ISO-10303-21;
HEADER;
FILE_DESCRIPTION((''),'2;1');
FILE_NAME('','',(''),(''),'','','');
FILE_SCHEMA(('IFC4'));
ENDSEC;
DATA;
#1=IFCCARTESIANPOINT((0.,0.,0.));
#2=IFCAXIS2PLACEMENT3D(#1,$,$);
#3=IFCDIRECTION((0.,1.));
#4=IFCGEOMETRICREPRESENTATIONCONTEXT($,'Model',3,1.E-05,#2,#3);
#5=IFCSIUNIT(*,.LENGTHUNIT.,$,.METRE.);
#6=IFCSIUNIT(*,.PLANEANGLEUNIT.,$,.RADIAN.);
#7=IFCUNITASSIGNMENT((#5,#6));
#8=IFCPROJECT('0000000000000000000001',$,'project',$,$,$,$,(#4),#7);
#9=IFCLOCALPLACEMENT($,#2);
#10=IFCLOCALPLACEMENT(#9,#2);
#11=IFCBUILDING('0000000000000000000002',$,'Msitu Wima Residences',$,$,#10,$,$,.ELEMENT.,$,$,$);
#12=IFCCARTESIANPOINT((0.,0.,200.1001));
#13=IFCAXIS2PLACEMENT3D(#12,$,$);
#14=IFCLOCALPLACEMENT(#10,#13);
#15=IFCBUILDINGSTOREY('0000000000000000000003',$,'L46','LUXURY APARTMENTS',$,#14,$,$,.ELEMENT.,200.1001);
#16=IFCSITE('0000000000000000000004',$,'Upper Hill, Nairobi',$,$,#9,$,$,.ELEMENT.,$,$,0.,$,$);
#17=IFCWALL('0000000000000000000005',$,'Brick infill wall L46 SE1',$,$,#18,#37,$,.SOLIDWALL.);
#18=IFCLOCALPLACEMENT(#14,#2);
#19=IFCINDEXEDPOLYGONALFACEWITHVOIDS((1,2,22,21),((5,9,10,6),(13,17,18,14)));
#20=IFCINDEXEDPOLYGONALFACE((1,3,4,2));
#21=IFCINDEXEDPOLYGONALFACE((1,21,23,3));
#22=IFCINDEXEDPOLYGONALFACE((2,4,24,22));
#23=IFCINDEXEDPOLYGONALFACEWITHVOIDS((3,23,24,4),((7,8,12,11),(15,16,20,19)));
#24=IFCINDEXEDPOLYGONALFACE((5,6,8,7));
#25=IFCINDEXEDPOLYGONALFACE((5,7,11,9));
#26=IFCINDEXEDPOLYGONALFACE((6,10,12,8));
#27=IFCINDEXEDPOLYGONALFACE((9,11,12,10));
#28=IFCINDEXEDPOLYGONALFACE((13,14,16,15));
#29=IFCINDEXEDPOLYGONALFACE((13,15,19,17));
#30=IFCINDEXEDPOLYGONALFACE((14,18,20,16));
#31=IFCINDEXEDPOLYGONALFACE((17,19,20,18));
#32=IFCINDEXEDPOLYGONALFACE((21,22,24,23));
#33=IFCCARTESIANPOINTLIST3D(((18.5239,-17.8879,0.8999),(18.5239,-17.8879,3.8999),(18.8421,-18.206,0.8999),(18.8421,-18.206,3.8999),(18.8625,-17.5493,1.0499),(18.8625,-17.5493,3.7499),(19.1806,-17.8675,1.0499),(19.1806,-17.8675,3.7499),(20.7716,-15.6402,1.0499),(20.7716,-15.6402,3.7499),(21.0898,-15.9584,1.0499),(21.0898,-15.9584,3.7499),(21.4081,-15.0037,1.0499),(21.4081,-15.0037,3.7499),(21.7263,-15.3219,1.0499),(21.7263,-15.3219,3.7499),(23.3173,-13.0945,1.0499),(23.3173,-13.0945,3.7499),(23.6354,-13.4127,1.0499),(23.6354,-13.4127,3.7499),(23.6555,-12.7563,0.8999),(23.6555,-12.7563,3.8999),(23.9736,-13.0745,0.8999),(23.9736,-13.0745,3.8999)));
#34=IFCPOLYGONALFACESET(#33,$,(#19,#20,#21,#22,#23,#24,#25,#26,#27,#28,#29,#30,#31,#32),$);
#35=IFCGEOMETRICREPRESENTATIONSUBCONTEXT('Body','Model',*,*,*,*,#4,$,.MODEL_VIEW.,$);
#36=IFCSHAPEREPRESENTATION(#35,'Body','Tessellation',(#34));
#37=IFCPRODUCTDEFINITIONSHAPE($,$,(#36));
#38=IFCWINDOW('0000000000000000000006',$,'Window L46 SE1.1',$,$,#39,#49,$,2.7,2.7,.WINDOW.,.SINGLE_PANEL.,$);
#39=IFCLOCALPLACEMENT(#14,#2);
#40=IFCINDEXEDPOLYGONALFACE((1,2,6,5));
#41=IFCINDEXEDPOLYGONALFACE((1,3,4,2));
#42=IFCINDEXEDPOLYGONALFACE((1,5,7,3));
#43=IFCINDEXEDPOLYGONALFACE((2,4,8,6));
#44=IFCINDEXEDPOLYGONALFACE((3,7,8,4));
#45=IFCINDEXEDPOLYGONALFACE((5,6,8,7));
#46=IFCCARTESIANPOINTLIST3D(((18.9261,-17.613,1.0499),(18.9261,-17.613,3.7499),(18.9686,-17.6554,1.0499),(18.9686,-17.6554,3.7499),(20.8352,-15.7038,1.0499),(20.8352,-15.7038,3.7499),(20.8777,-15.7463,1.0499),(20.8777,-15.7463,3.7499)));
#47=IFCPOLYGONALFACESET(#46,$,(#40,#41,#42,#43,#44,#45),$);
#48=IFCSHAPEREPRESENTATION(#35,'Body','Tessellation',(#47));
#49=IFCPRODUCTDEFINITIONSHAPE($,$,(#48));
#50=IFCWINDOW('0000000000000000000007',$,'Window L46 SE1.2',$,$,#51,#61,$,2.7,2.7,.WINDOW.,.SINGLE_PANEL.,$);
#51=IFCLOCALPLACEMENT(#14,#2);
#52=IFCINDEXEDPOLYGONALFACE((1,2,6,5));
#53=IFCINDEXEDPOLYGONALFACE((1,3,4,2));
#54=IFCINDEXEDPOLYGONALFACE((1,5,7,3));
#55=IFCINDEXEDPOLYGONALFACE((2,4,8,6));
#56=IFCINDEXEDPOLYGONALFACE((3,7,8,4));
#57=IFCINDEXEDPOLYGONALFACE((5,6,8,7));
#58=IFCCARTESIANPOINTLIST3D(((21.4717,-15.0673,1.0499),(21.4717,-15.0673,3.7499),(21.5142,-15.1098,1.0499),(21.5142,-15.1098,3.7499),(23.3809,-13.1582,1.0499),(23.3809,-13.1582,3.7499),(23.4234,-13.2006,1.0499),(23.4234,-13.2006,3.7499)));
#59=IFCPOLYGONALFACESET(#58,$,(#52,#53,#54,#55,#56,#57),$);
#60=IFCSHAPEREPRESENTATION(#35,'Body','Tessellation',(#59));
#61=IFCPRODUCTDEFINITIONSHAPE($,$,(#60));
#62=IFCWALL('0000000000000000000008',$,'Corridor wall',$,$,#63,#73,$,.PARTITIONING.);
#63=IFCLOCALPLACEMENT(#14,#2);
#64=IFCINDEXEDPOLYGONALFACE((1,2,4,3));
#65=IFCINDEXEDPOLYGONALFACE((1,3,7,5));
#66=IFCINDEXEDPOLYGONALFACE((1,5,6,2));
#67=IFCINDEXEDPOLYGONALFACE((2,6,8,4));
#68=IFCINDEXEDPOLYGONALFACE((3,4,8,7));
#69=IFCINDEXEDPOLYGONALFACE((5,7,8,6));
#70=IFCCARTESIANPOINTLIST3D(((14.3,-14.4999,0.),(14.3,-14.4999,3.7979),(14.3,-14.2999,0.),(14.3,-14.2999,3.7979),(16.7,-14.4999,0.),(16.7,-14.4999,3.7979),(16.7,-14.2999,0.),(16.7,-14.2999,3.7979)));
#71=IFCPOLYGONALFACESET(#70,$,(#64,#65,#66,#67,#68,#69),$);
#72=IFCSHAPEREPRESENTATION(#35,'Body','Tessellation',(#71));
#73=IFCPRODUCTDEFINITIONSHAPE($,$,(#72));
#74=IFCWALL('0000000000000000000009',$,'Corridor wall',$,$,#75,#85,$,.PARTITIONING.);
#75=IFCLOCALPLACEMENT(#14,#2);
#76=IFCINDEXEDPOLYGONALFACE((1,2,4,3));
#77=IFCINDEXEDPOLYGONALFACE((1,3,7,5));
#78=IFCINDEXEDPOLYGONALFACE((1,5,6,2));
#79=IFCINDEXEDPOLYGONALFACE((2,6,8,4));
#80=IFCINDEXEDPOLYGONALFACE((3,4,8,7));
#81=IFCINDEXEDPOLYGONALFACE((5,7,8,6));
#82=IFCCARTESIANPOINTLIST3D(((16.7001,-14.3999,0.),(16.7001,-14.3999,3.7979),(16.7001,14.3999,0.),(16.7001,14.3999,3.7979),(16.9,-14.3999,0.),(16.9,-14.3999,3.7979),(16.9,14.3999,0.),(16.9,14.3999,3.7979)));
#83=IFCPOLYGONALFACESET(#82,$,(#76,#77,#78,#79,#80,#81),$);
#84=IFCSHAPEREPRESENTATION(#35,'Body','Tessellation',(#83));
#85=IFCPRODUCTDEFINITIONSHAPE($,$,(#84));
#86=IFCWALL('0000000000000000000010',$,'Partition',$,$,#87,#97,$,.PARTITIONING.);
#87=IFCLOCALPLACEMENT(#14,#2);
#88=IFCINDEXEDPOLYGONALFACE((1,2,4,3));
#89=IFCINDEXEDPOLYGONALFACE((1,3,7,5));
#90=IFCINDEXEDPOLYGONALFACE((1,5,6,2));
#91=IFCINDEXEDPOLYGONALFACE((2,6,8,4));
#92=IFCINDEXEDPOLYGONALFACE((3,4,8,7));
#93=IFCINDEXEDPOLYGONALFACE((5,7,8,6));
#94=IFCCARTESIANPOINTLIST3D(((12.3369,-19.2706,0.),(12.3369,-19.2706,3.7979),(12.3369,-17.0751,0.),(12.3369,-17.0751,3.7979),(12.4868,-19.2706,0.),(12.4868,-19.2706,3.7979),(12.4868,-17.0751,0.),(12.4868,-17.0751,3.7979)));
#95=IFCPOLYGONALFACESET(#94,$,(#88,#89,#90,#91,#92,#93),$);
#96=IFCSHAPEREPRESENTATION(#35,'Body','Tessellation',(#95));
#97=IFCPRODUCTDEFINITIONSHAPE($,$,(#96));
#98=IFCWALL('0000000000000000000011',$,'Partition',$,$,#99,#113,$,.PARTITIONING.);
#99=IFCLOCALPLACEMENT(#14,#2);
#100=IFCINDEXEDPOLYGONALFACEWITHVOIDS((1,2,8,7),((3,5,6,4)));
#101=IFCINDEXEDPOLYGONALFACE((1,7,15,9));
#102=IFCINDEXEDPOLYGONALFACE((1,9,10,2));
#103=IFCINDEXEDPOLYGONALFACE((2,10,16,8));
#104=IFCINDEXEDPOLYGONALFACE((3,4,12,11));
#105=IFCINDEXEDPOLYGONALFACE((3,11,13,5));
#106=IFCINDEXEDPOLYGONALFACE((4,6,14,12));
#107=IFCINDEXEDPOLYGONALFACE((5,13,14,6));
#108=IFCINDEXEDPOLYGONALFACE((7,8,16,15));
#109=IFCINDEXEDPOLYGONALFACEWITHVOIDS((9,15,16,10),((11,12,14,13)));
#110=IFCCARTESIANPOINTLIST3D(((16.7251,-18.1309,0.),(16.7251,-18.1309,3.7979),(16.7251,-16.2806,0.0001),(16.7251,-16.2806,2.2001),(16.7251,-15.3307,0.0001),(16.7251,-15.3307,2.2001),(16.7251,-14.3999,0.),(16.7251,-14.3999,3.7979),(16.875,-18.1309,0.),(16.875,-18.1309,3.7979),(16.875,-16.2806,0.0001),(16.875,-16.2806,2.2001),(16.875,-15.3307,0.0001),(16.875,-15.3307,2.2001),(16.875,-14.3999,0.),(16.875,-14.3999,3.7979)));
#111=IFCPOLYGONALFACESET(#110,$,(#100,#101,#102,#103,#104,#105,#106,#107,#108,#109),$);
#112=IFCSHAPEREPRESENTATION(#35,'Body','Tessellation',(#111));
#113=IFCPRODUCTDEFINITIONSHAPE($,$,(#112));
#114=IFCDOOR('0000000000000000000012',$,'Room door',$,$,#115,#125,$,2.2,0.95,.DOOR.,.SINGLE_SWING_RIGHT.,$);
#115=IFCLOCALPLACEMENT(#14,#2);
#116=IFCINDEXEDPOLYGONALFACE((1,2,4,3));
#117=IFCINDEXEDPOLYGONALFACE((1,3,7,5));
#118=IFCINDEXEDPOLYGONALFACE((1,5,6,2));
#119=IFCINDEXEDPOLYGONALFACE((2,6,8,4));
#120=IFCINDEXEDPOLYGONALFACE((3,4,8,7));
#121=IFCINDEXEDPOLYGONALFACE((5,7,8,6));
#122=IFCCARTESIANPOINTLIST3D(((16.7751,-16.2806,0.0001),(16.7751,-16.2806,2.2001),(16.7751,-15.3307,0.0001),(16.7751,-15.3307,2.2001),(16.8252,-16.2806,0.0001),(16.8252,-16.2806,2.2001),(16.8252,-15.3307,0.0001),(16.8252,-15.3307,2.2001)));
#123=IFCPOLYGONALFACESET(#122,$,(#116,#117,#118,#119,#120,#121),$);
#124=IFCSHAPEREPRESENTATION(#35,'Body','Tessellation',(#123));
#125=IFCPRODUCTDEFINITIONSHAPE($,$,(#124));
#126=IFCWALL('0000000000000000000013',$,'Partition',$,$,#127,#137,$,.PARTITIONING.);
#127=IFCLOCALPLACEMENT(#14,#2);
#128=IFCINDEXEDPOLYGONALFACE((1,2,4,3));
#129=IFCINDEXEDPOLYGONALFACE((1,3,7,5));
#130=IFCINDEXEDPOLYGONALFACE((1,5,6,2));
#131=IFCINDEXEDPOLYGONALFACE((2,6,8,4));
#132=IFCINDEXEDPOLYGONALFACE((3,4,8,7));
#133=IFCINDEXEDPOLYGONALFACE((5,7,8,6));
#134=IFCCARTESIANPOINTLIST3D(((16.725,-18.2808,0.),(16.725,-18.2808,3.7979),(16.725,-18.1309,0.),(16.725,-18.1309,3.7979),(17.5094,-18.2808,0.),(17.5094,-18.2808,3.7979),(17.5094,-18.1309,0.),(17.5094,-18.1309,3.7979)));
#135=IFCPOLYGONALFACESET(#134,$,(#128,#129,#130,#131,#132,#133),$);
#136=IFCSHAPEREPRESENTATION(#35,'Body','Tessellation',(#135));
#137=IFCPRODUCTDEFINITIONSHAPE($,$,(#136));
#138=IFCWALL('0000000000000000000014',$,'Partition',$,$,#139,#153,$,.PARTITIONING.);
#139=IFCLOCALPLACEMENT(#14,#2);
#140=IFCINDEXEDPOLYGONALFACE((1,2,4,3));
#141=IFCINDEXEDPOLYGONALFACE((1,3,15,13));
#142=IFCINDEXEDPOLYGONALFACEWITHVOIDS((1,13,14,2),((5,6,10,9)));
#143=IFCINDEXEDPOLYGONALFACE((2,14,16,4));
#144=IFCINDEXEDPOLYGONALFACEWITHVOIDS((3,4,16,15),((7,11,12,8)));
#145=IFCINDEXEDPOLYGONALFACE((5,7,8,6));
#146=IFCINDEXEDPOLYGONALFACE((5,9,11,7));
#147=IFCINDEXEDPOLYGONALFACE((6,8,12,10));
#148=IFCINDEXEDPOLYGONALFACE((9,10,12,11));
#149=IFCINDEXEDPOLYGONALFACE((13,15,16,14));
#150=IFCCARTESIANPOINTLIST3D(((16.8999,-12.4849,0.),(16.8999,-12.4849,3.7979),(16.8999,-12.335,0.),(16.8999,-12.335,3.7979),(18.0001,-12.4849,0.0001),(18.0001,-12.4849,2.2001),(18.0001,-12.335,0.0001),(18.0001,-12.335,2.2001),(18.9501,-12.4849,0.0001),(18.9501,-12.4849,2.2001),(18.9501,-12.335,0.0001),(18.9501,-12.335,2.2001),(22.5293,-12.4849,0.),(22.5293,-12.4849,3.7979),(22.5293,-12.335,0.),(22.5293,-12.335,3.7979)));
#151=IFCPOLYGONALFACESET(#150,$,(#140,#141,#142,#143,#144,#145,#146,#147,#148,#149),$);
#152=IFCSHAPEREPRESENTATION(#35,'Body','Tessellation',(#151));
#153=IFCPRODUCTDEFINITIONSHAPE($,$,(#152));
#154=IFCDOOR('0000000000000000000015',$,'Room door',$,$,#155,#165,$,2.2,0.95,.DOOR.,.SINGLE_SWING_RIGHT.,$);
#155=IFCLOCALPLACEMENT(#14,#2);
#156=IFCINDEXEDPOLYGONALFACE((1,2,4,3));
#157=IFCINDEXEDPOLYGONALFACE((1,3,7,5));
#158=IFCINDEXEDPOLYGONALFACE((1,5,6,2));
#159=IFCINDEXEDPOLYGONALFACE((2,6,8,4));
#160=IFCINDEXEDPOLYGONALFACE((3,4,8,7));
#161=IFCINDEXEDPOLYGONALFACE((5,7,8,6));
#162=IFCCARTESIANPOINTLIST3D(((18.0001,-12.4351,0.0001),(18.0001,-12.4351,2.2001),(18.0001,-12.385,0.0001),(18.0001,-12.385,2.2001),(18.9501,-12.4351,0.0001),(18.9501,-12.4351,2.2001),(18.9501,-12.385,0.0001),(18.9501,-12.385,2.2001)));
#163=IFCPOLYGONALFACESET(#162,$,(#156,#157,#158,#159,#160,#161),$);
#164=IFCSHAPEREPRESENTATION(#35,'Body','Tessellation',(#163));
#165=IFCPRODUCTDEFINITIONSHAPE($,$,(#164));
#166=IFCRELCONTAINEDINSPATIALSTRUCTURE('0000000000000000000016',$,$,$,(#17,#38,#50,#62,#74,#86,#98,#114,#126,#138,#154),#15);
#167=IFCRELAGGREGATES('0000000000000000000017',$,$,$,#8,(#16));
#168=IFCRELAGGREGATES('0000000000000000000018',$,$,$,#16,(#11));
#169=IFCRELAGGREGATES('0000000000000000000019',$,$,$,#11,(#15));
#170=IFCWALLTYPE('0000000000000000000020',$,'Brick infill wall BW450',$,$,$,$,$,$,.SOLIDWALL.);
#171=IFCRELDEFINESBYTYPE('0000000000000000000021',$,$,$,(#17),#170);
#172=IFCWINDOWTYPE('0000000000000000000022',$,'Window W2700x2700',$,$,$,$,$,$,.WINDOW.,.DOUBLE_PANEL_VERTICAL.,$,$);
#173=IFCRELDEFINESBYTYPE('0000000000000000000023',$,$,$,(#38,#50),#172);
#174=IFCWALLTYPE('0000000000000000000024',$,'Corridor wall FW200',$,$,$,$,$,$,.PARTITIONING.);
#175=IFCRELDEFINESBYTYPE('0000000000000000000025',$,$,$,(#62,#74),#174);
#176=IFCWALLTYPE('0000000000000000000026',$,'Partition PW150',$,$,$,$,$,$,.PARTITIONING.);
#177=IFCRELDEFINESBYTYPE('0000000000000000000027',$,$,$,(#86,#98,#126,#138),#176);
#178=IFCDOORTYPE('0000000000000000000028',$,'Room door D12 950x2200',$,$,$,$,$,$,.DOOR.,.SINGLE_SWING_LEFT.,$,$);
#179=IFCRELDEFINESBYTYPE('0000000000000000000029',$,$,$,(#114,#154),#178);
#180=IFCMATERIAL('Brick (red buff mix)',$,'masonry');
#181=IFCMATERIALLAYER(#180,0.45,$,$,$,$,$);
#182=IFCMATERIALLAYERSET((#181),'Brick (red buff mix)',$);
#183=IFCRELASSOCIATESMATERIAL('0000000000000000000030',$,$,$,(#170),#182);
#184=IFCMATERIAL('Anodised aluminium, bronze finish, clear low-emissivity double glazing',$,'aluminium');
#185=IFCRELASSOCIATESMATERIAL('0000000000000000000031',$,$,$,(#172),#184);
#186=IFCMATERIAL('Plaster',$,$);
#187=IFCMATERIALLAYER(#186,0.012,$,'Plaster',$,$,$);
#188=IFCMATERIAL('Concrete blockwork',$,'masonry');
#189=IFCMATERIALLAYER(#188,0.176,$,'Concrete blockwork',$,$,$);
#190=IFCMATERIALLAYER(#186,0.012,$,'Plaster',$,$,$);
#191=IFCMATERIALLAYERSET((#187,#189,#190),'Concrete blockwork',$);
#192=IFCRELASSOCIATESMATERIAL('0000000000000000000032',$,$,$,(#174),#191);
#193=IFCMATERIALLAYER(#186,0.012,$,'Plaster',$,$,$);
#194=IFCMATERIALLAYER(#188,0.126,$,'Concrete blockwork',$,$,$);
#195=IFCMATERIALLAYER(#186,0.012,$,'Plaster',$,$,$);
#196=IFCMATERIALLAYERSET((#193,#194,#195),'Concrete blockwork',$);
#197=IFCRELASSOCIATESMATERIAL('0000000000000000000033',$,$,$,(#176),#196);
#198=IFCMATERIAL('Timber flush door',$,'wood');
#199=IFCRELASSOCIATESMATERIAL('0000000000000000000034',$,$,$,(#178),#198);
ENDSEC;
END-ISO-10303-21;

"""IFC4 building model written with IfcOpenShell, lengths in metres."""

from ifc_helpers import new_model, si_unit, direction, frame, frame_2d, origin, place, context, subcontext, project, spatial, rectangle, extrude, material, layer, layer_set, type_object, element, fill, save


model = new_model("IFC4")

# Units and contexts
model_context = context("Model", 3, precision=1e-05, world=origin(), true_north=direction((0.0, 1.0)))
body_context = subcontext(model_context, "Body", "Model", "MODEL_VIEW")
ifc_project = project(units=[si_unit("LENGTHUNIT", "METRE"), si_unit("PLANEANGLEUNIT", "RADIAN")], contexts=[model_context])

# Site, building, storey
site_placement = place(None, origin())
site = spatial("IfcSite", under=ifc_project, at=site_placement, Name="Upper Hill, Nairobi", CompositionType="ELEMENT", RefElevation=0.0)
building_placement = place(site_placement, origin())
building = spatial("IfcBuilding", under=site, at=building_placement, Name="Msitu Wima Residences", CompositionType="ELEMENT")
storey_placement = place(building_placement, frame((0.0, 0.0, 200.1001)))
storey = spatial("IfcBuildingStorey", under=building, at=storey_placement, Name="L46", Description="LUXURY APARTMENTS", CompositionType="ELEMENT", Elevation=200.1001)

# Shared definitions
ifc_material_1 = material(Name="Brick (red buff mix)", Category="masonry")
ifc_layer_1 = layer(ifc_material_1, 0.45)
ifc_layer_set_1 = layer_set([ifc_layer_1], Name="Brick (red buff mix)")
wall_type_1 = type_object("IfcWallType", Name="Brick infill wall BW450", PredefinedType="SOLIDWALL", material=ifc_layer_set_1)
ifc_material_2 = material(Name="Anodised aluminium, bronze finish, clear low-emissivity double glazing", Category="aluminium")
window_type = type_object("IfcWindowType", Name="Window W2700x2700", PartitioningType="DOUBLE_PANEL_VERTICAL", PredefinedType="WINDOW", material=ifc_material_2)

# Wall, openings, windows
wall_1_placement = place(storey_placement, frame((18.6831, -18.0469, 0.8999), z_axis=(0.0, 0.0, 1.0), x_axis=(0.707107, 0.707107, 0.0)))
wall_1 = element("IfcWall", 1, at=wall_1_placement, inside=storey, type_object=wall_type_1, Name="Brick infill wall L46 SE1", PredefinedType="SOLIDWALL", context=body_context, shape_type="SweptSolid", body=[
    extrude(rectangle(XDim=7.2571, YDim=0.45, at=frame_2d((3.6284, 0.0))), origin(), (0.0, 0.0, 1.0), 3.0),
])
opening_1_placement = place(wall_1_placement, frame((0.4785, 0.0, 0.1499)))
opening_1 = element("IfcOpeningElement", 2, at=opening_1_placement, cuts=wall_1, PredefinedType="OPENING", context=body_context, shape_type="SweptSolid", body=[
    extrude(rectangle(XDim=2.7, YDim=2.7, at=frame_2d((1.3501, 1.3501))), frame((0.0, 0.2349, 0.0), z_axis=(0.0, -1.0, 0.0), x_axis=(1.0, 0.0, 0.0)), (0.0, 0.0, 1.0), 0.47),
])
opening_2_placement = place(wall_1_placement, frame((4.0786, 0.0, 0.1499)))
opening_2 = element("IfcOpeningElement", 3, at=opening_2_placement, cuts=wall_1, PredefinedType="OPENING", context=body_context, shape_type="SweptSolid", body=[
    extrude(rectangle(XDim=2.7, YDim=2.7, at=frame_2d((1.3501, 1.3501))), frame((0.0, 0.2349, 0.0), z_axis=(0.0, -1.0, 0.0), x_axis=(1.0, 0.0, 0.0)), (0.0, 0.0, 1.0), 0.47),
])
window_1_placement = place(opening_1_placement, origin())
window_1 = element("IfcWindow", 4, at=window_1_placement, inside=storey, type_object=window_type, Name="Window L46 SE1.1", OverallHeight=2.7, OverallWidth=2.7, PartitioningType="SINGLE_PANEL", PredefinedType="WINDOW", context=body_context, shape_type="SweptSolid", body=[
    extrude(rectangle(XDim=2.7, YDim=2.7, at=frame_2d((1.3501, 1.3501))), frame((0.0, 0.135, 0.0), z_axis=(0.0, -1.0, 0.0), x_axis=(1.0, 0.0, 0.0)), (0.0, 0.0, 1.0), 0.0601),
])
fill(opening_1, window_1)
window_2_placement = place(opening_2_placement, origin())
window_2 = element("IfcWindow", 5, at=window_2_placement, inside=storey, type_object=window_type, Name="Window L46 SE1.2", OverallHeight=2.7, OverallWidth=2.7, PartitioningType="SINGLE_PANEL", PredefinedType="WINDOW", context=body_context, shape_type="SweptSolid", body=[
    extrude(rectangle(XDim=2.7, YDim=2.7, at=frame_2d((1.3501, 1.3501))), frame((0.0, 0.135, 0.0), z_axis=(0.0, -1.0, 0.0), x_axis=(1.0, 0.0, 0.0)), (0.0, 0.0, 1.0), 0.0601),
])
fill(opening_2, window_2)

# Shared definitions
ifc_material_3 = material(Name="Plaster")
ifc_layer_2 = layer(ifc_material_3, 0.012, Name="Plaster")
ifc_material_4 = material(Name="Concrete blockwork", Category="masonry")
ifc_layer_3 = layer(ifc_material_4, 0.176, Name="Concrete blockwork")
ifc_layer_4 = layer(ifc_material_3, 0.012, Name="Plaster")
ifc_layer_set_2 = layer_set([ifc_layer_2, ifc_layer_3, ifc_layer_4], Name="Concrete blockwork")
wall_type_2 = type_object("IfcWallType", Name="Corridor wall FW200", PredefinedType="PARTITIONING", material=ifc_layer_set_2)

# Walls
wall_2_placement = place(storey_placement, frame((14.3, -14.3999, 0.0), z_axis=(0.0, 0.0, 1.0), x_axis=(1.0, 0.0, 0.0)))
element("IfcWall", 6, at=wall_2_placement, inside=storey, type_object=wall_type_2, Name="Corridor wall", PredefinedType="PARTITIONING", context=body_context, shape_type="SweptSolid", body=[
    extrude(rectangle(XDim=2.3999, YDim=0.2, at=frame_2d((1.2, 0.0))), origin(), (0.0, 0.0, 1.0), 3.7979),
])
wall_3_placement = place(storey_placement, frame((16.8, -14.3999, 0.0), z_axis=(0.0, 0.0, 1.0), x_axis=(0.0, 1.0, 0.0)))
element("IfcWall", 7, at=wall_3_placement, inside=storey, type_object=wall_type_2, Name="Corridor wall", PredefinedType="PARTITIONING", context=body_context, shape_type="SweptSolid", body=[
    extrude(rectangle(XDim=28.7998, YDim=0.2, at=frame_2d((14.3999, 0.0))), origin(), (0.0, 0.0, 1.0), 3.7979),
])
ifc_layer_5 = layer(ifc_material_3, 0.012, Name="Plaster")
ifc_layer_6 = layer(ifc_material_4, 0.126, Name="Concrete blockwork")
ifc_layer_7 = layer(ifc_material_3, 0.012, Name="Plaster")
ifc_layer_set_3 = layer_set([ifc_layer_5, ifc_layer_6, ifc_layer_7], Name="Concrete blockwork")
wall_type_3 = type_object("IfcWallType", Name="Partition PW150", PredefinedType="PARTITIONING", material=ifc_layer_set_3)
wall_4_placement = place(storey_placement, frame((12.4119, -19.2705, 0.0), z_axis=(0.0, 0.0, 1.0), x_axis=(0.0, 1.0, 0.0)))
element("IfcWall", 8, at=wall_4_placement, inside=storey, type_object=wall_type_3, Name="Partition", PredefinedType="PARTITIONING", context=body_context, shape_type="SweptSolid", body=[
    extrude(rectangle(XDim=2.1956, YDim=0.1499, at=frame_2d((1.0977, 0.0))), origin(), (0.0, 0.0, 1.0), 3.7979),
])

# Wall, opening, door
wall_5_placement = place(storey_placement, frame((16.8, -18.1309, 0.0), z_axis=(0.0, 0.0, 1.0), x_axis=(0.0, 1.0, 0.0)))
wall_5 = element("IfcWall", 9, at=wall_5_placement, inside=storey, type_object=wall_type_3, Name="Partition", PredefinedType="PARTITIONING", context=body_context, shape_type="SweptSolid", body=[
    extrude(rectangle(XDim=3.731, YDim=0.1499, at=frame_2d((1.8655, 0.0))), origin(), (0.0, 0.0, 1.0), 3.7979),
])
opening_3_placement = place(wall_5_placement, frame((1.8501, 0.0, 0.0)))
opening_3 = element("IfcOpeningElement", 10, at=opening_3_placement, cuts=wall_5, PredefinedType="OPENING", context=body_context, shape_type="SweptSolid", body=[
    extrude(rectangle(XDim=0.95, YDim=2.2, at=frame_2d((0.4751, 1.1001))), frame((0.0, 0.085, 0.0), z_axis=(0.0, -1.0, 0.0), x_axis=(1.0, 0.0, 0.0)), (0.0, 0.0, 1.0), 0.1699),
])
ifc_material_5 = material(Name="Timber flush door", Category="wood")
door_type_1 = type_object("IfcDoorType", Name="Room door D12 950x2200", OperationType="SINGLE_SWING_LEFT", PredefinedType="DOOR", material=ifc_material_5)
door_1_placement = place(opening_3_placement, origin())
door_1 = element("IfcDoor", 11, at=door_1_placement, inside=storey, type_object=door_type_1, Name="Room door", OperationType="SINGLE_SWING_RIGHT", OverallHeight=2.2, OverallWidth=0.95, PredefinedType="DOOR", context=body_context, shape_type="SweptSolid", body=[
    extrude(rectangle(XDim=0.95, YDim=2.2, at=frame_2d((0.4751, 1.1001))), frame((0.0, 0.0249, 0.0), z_axis=(0.0, -1.0, 0.0), x_axis=(1.0, 0.0, 0.0)), (0.0, 0.0, 1.0), 0.05),
])
fill(opening_3, door_1)

# Wall
wall_6_placement = place(storey_placement, frame((16.7251, -18.2058, 0.0), z_axis=(0.0, 0.0, 1.0), x_axis=(1.0, 0.0, 0.0)))
element("IfcWall", 12, at=wall_6_placement, inside=storey, type_object=wall_type_3, Name="Partition", PredefinedType="PARTITIONING", context=body_context, shape_type="SweptSolid", body=[
    extrude(rectangle(XDim=0.7844, YDim=0.1499, at=frame_2d((0.3921, 0.0))), origin(), (0.0, 0.0, 1.0), 3.7979),
])

# Wall, opening, door
wall_7_placement = place(storey_placement, frame((16.8999, -12.4099, 0.0), z_axis=(0.0, 0.0, 1.0), x_axis=(1.0, 0.0, 0.0)))
wall_7 = element("IfcWall", 13, at=wall_7_placement, inside=storey, type_object=wall_type_3, Name="Partition", PredefinedType="PARTITIONING", context=body_context, shape_type="SweptSolid", body=[
    extrude(rectangle(XDim=5.6294, YDim=0.1499, at=frame_2d((2.8147, 0.0))), origin(), (0.0, 0.0, 1.0), 3.7979),
])
opening_4_placement = place(wall_7_placement, frame((1.1001, 0.0, 0.0)))
opening_4 = element("IfcOpeningElement", 14, at=opening_4_placement, cuts=wall_7, PredefinedType="OPENING", context=body_context, shape_type="SweptSolid", body=[
    extrude(rectangle(XDim=0.95, YDim=2.2, at=frame_2d((0.4751, 1.1001))), frame((0.0, 0.085, 0.0), z_axis=(0.0, -1.0, 0.0), x_axis=(1.0, 0.0, 0.0)), (0.0, 0.0, 1.0), 0.1699),
])
door_2_placement = place(opening_4_placement, origin())
door_2 = element("IfcDoor", 15, at=door_2_placement, inside=storey, type_object=door_type_1, Name="Room door", OperationType="SINGLE_SWING_RIGHT", OverallHeight=2.2, OverallWidth=0.95, PredefinedType="DOOR", context=body_context, shape_type="SweptSolid", body=[
    extrude(rectangle(XDim=0.95, YDim=2.2, at=frame_2d((0.4751, 1.1001))), frame((0.0, 0.0249, 0.0), z_axis=(0.0, -1.0, 0.0), x_axis=(1.0, 0.0, 0.0)), (0.0, 0.0, 1.0), 0.05),
])
fill(opening_4, door_2)

save(model, "model.ifc")
